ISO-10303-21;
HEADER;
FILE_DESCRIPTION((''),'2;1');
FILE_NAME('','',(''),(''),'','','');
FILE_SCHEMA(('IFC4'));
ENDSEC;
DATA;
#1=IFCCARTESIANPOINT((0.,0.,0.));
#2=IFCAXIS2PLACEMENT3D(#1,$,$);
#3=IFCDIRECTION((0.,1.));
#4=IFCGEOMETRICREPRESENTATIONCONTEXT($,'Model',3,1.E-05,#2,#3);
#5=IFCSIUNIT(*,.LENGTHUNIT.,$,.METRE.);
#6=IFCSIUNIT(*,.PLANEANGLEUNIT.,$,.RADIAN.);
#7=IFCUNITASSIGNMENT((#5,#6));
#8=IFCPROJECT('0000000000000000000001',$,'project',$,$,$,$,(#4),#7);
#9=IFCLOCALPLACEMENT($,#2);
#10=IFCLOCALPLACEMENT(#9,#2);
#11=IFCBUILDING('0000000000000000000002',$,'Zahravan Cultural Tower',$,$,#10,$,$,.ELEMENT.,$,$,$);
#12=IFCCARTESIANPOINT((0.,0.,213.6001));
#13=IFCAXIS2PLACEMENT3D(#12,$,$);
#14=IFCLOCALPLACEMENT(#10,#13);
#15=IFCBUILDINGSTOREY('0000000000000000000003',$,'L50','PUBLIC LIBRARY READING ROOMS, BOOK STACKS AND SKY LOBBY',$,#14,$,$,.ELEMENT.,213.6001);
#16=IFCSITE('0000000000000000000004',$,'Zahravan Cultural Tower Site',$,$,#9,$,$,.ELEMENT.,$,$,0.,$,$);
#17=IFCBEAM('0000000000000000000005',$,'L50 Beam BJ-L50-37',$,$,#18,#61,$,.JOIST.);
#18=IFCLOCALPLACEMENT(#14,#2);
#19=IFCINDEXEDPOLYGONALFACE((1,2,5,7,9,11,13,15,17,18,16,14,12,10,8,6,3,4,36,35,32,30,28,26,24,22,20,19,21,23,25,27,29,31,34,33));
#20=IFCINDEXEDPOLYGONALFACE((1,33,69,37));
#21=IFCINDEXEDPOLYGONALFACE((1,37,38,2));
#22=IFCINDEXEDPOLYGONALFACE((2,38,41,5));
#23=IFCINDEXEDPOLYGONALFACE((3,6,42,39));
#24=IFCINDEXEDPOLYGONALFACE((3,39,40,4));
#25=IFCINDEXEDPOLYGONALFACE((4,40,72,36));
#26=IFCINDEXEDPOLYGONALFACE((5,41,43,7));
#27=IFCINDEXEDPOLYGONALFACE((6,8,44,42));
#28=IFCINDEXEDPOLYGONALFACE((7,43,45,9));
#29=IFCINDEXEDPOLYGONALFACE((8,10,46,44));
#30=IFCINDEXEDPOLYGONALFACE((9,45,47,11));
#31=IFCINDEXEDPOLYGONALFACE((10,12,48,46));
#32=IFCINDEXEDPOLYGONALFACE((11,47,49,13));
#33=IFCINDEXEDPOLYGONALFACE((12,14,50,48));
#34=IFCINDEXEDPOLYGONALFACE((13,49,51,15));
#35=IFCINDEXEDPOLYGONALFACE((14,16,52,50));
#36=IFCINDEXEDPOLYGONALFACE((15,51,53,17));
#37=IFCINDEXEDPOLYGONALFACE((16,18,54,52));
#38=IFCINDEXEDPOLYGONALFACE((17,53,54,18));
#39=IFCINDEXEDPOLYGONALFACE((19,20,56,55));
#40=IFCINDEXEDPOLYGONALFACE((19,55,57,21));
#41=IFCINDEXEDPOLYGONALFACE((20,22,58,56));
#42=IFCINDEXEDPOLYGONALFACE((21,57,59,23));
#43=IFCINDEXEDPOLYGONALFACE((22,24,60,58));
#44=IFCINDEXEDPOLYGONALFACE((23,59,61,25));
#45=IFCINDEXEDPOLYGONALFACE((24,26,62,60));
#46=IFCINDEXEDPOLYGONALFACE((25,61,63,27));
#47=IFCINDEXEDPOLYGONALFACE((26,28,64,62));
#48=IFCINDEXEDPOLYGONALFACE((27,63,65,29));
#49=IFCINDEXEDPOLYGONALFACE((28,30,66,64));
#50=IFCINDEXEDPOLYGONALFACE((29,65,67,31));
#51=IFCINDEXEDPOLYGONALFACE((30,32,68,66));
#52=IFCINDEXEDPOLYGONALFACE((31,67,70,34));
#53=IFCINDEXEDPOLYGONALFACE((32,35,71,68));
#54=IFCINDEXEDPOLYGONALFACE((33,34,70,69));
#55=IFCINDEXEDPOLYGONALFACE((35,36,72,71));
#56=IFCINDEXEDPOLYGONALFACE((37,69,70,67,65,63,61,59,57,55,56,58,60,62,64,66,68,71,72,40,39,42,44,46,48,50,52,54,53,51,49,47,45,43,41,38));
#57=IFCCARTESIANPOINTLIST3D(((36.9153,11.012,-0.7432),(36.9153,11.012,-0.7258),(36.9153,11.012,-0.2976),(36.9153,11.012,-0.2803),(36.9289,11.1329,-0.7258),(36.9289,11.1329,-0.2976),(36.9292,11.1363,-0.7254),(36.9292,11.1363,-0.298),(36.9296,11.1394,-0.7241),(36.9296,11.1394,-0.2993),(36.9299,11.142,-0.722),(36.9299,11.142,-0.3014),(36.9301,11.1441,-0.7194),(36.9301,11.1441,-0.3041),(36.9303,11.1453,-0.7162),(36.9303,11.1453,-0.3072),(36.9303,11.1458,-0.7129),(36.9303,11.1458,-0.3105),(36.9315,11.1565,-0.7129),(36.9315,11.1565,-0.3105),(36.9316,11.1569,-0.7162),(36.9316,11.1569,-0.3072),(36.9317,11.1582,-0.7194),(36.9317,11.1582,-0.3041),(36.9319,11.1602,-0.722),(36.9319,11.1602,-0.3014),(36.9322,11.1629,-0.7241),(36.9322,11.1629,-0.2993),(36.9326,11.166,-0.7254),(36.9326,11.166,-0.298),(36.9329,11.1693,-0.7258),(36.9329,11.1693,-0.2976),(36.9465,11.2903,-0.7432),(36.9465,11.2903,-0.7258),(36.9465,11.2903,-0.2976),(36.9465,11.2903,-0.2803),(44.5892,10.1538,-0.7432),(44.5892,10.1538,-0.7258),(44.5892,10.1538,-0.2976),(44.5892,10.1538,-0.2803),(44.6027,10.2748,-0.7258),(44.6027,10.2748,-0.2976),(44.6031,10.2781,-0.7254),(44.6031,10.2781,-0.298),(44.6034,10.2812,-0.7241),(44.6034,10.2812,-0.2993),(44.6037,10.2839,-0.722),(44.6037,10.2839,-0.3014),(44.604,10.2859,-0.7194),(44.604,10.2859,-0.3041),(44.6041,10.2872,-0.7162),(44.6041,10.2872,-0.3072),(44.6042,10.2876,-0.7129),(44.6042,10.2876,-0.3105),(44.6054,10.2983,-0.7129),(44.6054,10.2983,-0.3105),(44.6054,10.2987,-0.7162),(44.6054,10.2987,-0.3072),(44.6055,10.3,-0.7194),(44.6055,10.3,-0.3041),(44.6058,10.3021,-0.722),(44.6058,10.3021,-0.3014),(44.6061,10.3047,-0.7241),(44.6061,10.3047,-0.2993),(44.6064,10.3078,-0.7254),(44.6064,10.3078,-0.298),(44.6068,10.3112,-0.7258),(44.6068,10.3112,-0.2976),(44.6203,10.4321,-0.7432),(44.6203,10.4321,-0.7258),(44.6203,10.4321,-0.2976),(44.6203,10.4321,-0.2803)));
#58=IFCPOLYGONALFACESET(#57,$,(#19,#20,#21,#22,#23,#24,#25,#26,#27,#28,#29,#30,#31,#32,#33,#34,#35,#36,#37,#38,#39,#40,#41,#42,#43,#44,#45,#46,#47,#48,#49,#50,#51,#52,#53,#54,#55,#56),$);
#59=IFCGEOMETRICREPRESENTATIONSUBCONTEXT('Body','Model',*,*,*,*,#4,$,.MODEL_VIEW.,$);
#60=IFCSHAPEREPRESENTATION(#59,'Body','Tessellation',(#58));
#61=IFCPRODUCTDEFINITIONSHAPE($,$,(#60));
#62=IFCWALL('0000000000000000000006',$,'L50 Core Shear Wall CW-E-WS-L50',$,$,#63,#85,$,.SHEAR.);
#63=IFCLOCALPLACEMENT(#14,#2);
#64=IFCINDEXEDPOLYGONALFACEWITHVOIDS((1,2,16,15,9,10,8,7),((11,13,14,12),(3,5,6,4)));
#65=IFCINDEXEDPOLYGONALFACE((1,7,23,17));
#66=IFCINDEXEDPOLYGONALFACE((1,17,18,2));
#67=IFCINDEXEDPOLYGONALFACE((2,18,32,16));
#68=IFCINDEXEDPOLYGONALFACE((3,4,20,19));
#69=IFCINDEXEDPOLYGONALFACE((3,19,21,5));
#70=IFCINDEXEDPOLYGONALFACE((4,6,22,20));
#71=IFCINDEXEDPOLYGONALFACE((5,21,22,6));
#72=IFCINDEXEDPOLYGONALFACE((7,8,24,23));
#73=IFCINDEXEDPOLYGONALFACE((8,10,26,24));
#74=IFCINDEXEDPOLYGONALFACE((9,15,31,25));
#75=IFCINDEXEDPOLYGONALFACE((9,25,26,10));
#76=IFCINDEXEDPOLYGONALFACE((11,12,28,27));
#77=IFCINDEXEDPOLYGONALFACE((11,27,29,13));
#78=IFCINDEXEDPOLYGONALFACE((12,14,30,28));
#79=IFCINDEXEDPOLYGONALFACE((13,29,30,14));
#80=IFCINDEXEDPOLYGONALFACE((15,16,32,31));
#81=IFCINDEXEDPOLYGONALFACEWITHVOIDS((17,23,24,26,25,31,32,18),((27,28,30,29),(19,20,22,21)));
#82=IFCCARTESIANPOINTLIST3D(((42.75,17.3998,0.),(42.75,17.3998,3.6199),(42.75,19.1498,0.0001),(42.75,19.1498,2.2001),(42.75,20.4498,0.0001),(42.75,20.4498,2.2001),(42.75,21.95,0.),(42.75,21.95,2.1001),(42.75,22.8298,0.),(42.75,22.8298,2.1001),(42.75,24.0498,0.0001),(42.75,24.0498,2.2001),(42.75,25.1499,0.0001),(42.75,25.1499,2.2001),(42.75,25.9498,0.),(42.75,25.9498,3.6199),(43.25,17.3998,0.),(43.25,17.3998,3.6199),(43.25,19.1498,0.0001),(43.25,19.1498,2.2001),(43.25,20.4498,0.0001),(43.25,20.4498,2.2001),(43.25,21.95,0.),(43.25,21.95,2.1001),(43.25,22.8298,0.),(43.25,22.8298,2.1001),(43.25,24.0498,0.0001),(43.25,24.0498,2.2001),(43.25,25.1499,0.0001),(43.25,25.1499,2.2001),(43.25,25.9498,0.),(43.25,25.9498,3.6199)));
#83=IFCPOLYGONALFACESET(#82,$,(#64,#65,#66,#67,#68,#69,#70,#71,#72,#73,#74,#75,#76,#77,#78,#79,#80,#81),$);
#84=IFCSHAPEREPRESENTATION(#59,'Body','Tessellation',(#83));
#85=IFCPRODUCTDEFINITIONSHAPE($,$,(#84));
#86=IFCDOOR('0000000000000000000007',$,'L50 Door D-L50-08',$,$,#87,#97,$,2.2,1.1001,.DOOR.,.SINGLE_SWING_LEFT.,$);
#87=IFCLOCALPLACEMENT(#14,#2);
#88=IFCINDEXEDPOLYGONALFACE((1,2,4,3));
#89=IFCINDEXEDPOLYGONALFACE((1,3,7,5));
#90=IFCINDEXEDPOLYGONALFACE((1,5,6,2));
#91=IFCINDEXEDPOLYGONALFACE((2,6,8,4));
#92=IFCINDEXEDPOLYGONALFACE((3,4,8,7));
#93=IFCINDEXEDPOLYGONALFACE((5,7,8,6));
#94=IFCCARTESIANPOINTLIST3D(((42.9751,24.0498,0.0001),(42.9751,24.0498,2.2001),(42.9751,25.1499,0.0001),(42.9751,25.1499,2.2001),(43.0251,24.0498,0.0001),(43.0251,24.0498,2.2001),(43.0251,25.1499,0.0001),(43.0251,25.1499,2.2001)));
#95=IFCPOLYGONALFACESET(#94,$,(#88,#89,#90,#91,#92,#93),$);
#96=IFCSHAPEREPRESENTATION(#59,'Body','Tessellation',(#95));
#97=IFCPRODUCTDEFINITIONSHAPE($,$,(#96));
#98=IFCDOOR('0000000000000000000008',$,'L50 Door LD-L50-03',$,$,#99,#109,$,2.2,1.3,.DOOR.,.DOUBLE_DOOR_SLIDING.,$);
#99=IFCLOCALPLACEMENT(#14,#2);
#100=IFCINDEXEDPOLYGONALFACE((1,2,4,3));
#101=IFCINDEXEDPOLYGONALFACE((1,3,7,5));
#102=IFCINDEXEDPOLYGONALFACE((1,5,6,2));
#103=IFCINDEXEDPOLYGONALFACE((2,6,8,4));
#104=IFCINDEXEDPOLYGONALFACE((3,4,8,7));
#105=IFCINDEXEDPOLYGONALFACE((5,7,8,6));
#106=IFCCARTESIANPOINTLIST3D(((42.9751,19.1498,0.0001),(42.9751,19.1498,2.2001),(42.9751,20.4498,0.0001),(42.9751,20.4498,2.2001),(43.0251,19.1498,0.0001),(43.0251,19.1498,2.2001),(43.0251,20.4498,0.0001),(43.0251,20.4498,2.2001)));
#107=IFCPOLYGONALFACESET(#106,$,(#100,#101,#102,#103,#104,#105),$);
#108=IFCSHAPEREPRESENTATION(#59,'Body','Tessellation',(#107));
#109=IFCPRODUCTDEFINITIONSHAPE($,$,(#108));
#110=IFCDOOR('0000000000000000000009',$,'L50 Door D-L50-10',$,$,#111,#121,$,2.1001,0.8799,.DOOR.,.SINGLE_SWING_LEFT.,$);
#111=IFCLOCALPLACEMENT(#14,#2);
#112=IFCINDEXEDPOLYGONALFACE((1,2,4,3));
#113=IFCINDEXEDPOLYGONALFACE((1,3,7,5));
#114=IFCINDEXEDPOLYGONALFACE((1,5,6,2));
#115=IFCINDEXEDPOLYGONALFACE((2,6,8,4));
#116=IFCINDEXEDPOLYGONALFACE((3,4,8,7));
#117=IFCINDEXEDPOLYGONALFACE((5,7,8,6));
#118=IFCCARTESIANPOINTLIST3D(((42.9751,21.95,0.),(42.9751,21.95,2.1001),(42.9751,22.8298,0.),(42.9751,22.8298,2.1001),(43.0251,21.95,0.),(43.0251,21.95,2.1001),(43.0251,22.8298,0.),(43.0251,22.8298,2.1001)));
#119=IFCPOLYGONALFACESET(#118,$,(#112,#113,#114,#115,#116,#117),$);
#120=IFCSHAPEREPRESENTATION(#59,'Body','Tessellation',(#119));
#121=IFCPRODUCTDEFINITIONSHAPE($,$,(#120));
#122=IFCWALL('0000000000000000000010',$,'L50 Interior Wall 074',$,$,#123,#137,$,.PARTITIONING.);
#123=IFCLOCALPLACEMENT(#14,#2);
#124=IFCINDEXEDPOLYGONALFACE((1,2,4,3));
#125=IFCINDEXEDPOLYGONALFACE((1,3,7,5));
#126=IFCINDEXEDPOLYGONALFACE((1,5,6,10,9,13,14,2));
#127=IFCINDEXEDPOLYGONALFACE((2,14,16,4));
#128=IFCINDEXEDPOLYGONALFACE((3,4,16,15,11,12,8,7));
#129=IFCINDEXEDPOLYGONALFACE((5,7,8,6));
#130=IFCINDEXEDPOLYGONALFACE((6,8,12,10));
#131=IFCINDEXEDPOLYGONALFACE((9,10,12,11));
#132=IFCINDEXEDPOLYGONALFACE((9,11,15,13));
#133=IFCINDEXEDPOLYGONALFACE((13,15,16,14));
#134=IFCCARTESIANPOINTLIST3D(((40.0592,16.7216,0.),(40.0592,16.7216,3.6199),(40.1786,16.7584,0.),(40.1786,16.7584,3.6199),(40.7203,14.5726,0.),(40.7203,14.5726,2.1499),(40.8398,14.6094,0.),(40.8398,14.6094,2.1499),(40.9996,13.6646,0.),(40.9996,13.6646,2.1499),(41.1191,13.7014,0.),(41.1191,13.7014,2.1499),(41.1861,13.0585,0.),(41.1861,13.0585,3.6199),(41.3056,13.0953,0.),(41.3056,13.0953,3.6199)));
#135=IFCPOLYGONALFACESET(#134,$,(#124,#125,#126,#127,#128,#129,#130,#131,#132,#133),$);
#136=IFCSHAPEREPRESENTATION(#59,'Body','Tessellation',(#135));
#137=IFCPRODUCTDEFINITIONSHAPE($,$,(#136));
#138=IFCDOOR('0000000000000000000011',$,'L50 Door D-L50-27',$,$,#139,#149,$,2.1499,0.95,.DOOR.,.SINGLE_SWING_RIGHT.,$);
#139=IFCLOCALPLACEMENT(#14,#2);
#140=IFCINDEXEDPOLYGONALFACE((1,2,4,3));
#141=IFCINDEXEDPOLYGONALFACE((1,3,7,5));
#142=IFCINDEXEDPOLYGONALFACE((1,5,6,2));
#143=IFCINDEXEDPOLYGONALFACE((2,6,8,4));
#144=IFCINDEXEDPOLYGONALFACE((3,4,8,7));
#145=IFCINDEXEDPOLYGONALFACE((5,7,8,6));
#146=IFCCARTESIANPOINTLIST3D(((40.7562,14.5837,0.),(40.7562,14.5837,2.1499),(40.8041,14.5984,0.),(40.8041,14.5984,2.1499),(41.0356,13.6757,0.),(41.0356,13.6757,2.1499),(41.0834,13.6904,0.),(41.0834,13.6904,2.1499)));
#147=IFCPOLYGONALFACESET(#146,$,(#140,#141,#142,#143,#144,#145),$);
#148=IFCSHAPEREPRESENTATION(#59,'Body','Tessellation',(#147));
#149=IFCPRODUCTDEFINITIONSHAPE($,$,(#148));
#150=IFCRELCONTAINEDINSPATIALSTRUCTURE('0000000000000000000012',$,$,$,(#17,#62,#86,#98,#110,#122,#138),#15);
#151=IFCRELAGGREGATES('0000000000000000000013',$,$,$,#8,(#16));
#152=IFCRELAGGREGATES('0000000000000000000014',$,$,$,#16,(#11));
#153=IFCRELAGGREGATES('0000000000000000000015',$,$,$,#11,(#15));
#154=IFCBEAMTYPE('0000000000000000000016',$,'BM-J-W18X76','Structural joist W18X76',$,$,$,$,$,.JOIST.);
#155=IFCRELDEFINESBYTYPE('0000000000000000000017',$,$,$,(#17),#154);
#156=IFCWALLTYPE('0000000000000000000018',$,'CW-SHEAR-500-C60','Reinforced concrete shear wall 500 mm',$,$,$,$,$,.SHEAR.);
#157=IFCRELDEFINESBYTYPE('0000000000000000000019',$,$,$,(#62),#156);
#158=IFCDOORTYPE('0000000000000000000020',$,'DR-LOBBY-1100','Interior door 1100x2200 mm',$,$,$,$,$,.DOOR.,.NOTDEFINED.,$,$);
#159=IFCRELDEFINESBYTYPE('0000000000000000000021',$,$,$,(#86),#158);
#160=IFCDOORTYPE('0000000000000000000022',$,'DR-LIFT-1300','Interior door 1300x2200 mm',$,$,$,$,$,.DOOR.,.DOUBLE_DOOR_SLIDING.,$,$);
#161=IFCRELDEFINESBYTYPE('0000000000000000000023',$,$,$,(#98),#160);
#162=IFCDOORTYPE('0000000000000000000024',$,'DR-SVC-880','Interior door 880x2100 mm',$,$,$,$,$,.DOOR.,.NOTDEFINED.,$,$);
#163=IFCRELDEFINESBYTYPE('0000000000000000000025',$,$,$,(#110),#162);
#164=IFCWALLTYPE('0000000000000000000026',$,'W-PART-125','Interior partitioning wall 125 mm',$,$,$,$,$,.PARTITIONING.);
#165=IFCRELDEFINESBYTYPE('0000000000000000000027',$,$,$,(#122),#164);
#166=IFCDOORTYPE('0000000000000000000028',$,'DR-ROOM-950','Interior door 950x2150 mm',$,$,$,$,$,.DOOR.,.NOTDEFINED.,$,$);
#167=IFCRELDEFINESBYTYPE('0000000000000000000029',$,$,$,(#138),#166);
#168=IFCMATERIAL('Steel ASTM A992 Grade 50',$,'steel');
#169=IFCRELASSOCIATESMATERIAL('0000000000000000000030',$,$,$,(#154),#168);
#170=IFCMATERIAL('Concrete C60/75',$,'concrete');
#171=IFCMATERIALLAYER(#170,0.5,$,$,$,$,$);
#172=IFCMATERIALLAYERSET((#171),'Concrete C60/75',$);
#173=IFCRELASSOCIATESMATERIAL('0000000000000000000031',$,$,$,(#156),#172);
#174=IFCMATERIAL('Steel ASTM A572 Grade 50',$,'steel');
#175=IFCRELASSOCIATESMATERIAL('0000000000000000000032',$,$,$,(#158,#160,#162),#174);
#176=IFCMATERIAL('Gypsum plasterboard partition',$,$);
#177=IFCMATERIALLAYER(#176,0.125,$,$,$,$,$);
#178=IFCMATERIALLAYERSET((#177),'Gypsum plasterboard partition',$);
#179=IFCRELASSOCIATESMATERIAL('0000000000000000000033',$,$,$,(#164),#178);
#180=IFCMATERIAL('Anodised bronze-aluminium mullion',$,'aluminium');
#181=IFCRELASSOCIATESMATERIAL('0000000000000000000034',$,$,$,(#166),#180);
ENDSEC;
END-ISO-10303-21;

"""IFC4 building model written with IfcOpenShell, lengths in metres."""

from ifc_helpers import new_model, si_unit, direction, frame, frame_2d, origin, origin_2d, place, context, subcontext, project, spatial, rectangle, i_section, extrude, source, transform, mapped, material, layer, layer_set, material_profile, profile_set, type_object, element, fill, save


model = new_model("IFC4")

# Units and contexts
model_context = context("Model", 3, precision=1e-05, world=origin(), true_north=direction((0.0, 1.0)))
body_context = subcontext(model_context, "Body", "Model", "MODEL_VIEW")
ifc_project = project(units=[si_unit("LENGTHUNIT", "METRE"), si_unit("PLANEANGLEUNIT", "RADIAN")], contexts=[model_context])

# Site, building, storey
site_placement = place(None, origin())
site = spatial("IfcSite", under=ifc_project, at=site_placement, Name="Zahravan Cultural Tower Site", CompositionType="ELEMENT", RefElevation=0.0)
building_placement = place(site_placement, origin())
building = spatial("IfcBuilding", under=site, at=building_placement, Name="Zahravan Cultural Tower", CompositionType="ELEMENT")
storey_placement = place(building_placement, frame((0.0, 0.0, 213.6001)))
storey = spatial("IfcBuildingStorey", under=building, at=storey_placement, Name="L50", Description="PUBLIC LIBRARY READING ROOMS, BOOK STACKS AND SKY LOBBY", CompositionType="ELEMENT", Elevation=213.6001)

# Beam
ifc_material_1 = material(Name="Steel ASTM A992 Grade 50", Category="steel")
ifc_material_profile_1 = material_profile(ifc_material_1, i_section(OverallWidth=0.28, OverallDepth=0.4629, WebThickness=0.0107, FlangeThickness=0.0173, FilletRadius=0.0129, at=origin_2d()), Name="W18X76")
ifc_profile_set_1 = profile_set([ifc_material_profile_1], Name="Steel ASTM A992 Grade 50")
beam_type = type_object("IfcBeamType", Name="BM-J-W18X76", Description="Structural joist W18X76", PredefinedType="JOIST", material=ifc_profile_set_1)
shared_shape_1 = source(origin(), body_context, "Body", "SweptSolid", [
    extrude(i_section(OverallWidth=0.28, OverallDepth=0.4629, WebThickness=0.0107, FlangeThickness=0.0173, FilletRadius=0.0129, at=origin_2d()), origin(), (0.0, 0.0, 1.0), 7.7217),
])
beam_1_placement = place(storey_placement, frame((36.9309, 11.1511, -0.5117), z_axis=(0.993805, -0.111136, 0.0), x_axis=(0.111136, 0.993805, 0.0)))
element("IfcBeam", 1, at=beam_1_placement, inside=storey, type_object=beam_type, Name="L50 Beam BJ-L50-37", PredefinedType="JOIST", context=body_context, shape_type="MappedRepresentation", body=[
    mapped(shared_shape_1, transform((0.0, 0.0, 0.0), x_axis=(1.0, 0.0, 0.0), y_axis=(0.0, 1.0, 0.0), z_axis=(0.0, 0.0, 1.0), scale=1.0)),
])

# Wall, openings, doors
ifc_material_2 = material(Name="Concrete C60/75", Category="concrete")
ifc_layer_1 = layer(ifc_material_2, 0.5)
ifc_layer_set_1 = layer_set([ifc_layer_1], Name="Concrete C60/75")
wall_type_1 = type_object("IfcWallType", Name="CW-SHEAR-500-C60", Description="Reinforced concrete shear wall 500 mm", PredefinedType="SHEAR", material=ifc_layer_set_1)
wall_1_placement = place(storey_placement, frame((43.0, 17.3999, 0.0), z_axis=(0.0, 0.0, 1.0), x_axis=(0.0, 1.0, 0.0)))
wall_1 = element("IfcWall", 2, at=wall_1_placement, inside=storey, type_object=wall_type_1, Name="L50 Core Shear Wall CW-E-WS-L50", PredefinedType="SHEAR", context=body_context, shape_type="SweptSolid", body=[
    extrude(rectangle(XDim=8.55, YDim=0.5, at=frame_2d((4.2749, 0.0))), origin(), (0.0, 0.0, 1.0), 3.6199),
])
opening_1_placement = place(wall_1_placement, frame((6.6499, 0.0, 0.0)))
opening_1 = element("IfcOpeningElement", 3, at=opening_1_placement, cuts=wall_1, PredefinedType="OPENING", context=body_context, shape_type="SweptSolid", body=[
    extrude(rectangle(XDim=1.1001, YDim=2.2, at=frame_2d((0.55, 1.1001))), frame((0.0, 0.26, 0.0), z_axis=(0.0, -1.0, 0.0), x_axis=(1.0, 0.0, 0.0)), (0.0, 0.0, 1.0), 0.52),
])
opening_2_placement = place(wall_1_placement, frame((1.75, 0.0, 0.0)))
opening_2 = element("IfcOpeningElement", 4, at=opening_2_placement, cuts=wall_1, PredefinedType="OPENING", context=body_context, shape_type="SweptSolid", body=[
    extrude(rectangle(XDim=1.3, YDim=2.2, at=frame_2d((0.6499, 1.1001))), frame((0.0, 0.26, 0.0), z_axis=(0.0, -1.0, 0.0), x_axis=(1.0, 0.0, 0.0)), (0.0, 0.0, 1.0), 0.52),
])
opening_3_placement = place(wall_1_placement, frame((4.55, 0.0, 0.0)))
opening_3 = element("IfcOpeningElement", 5, at=opening_3_placement, cuts=wall_1, PredefinedType="OPENING", context=body_context, shape_type="SweptSolid", body=[
    extrude(rectangle(XDim=0.8799, YDim=2.1001, at=frame_2d((0.4399, 1.05))), frame((0.0, 0.26, 0.0), z_axis=(0.0, -1.0, 0.0), x_axis=(1.0, 0.0, 0.0)), (0.0, 0.0, 1.0), 0.52),
])
ifc_material_3 = material(Name="Steel ASTM A572 Grade 50", Category="steel")
door_type_1 = type_object("IfcDoorType", Name="DR-LOBBY-1100", Description="Interior door 1100x2200 mm", OperationType="NOTDEFINED", PredefinedType="DOOR", material=ifc_material_3)
shared_shape_2 = source(origin(), body_context, "Body", "SweptSolid", [
    extrude(rectangle(XDim=1.1001, YDim=2.2, at=frame_2d((0.55, 1.1001))), frame((0.0, 0.0249, 0.0), z_axis=(0.0, -1.0, 0.0), x_axis=(1.0, 0.0, 0.0)), (0.0, 0.0, 1.0), 0.05),
])
door_1_placement = place(opening_1_placement, origin())
door_1 = element("IfcDoor", 6, at=door_1_placement, inside=storey, type_object=door_type_1, Name="L50 Door D-L50-08", OperationType="SINGLE_SWING_LEFT", OverallHeight=2.2, OverallWidth=1.1001, PredefinedType="DOOR", context=body_context, shape_type="MappedRepresentation", body=[
    mapped(shared_shape_2, transform((0.0, 0.0, 0.0), x_axis=(1.0, 0.0, 0.0), y_axis=(0.0, 1.0, 0.0), z_axis=(0.0, 0.0, 1.0), scale=1.0)),
])
fill(opening_1, door_1)
door_type_2 = type_object("IfcDoorType", Name="DR-LIFT-1300", Description="Interior door 1300x2200 mm", OperationType="DOUBLE_DOOR_SLIDING", PredefinedType="DOOR", material=ifc_material_3)
shared_shape_3 = source(origin(), body_context, "Body", "SweptSolid", [
    extrude(rectangle(XDim=1.3, YDim=2.2, at=frame_2d((0.6499, 1.1001))), frame((0.0, 0.0249, 0.0), z_axis=(0.0, -1.0, 0.0), x_axis=(1.0, 0.0, 0.0)), (0.0, 0.0, 1.0), 0.05),
])
door_2_placement = place(opening_2_placement, origin())
door_2 = element("IfcDoor", 7, at=door_2_placement, inside=storey, type_object=door_type_2, Name="L50 Door LD-L50-03", OperationType="DOUBLE_DOOR_SLIDING", OverallHeight=2.2, OverallWidth=1.3, PredefinedType="DOOR", context=body_context, shape_type="MappedRepresentation", body=[
    mapped(shared_shape_3, transform((0.0, 0.0, 0.0), x_axis=(1.0, 0.0, 0.0), y_axis=(0.0, 1.0, 0.0), z_axis=(0.0, 0.0, 1.0), scale=1.0)),
])
fill(opening_2, door_2)
door_type_3 = type_object("IfcDoorType", Name="DR-SVC-880", Description="Interior door 880x2100 mm", OperationType="NOTDEFINED", PredefinedType="DOOR", material=ifc_material_3)
shared_shape_4 = source(origin(), body_context, "Body", "SweptSolid", [
    extrude(rectangle(XDim=0.8799, YDim=2.1001, at=frame_2d((0.4399, 1.05))), frame((0.0, 0.0249, 0.0), z_axis=(0.0, -1.0, 0.0), x_axis=(1.0, 0.0, 0.0)), (0.0, 0.0, 1.0), 0.05),
])
door_3_placement = place(opening_3_placement, origin())
door_3 = element("IfcDoor", 8, at=door_3_placement, inside=storey, type_object=door_type_3, Name="L50 Door D-L50-10", OperationType="SINGLE_SWING_LEFT", OverallHeight=2.1001, OverallWidth=0.8799, PredefinedType="DOOR", context=body_context, shape_type="MappedRepresentation", body=[
    mapped(shared_shape_4, transform((0.0, 0.0, 0.0), x_axis=(1.0, 0.0, 0.0), y_axis=(0.0, 1.0, 0.0), z_axis=(0.0, 0.0, 1.0), scale=1.0)),
])
fill(opening_3, door_3)

# Wall, opening, door
ifc_material_4 = material(Name="Gypsum plasterboard partition")
ifc_layer_2 = layer(ifc_material_4, 0.125)
ifc_layer_set_2 = layer_set([ifc_layer_2], Name="Gypsum plasterboard partition")
wall_type_2 = type_object("IfcWallType", Name="W-PART-125", Description="Interior partitioning wall 125 mm", PredefinedType="PARTITIONING", material=ifc_layer_set_2)
wall_2_placement = place(storey_placement, frame((41.2458, 13.0769, 0.0), z_axis=(0.0, 0.0, 1.0), x_axis=(-0.29405, 0.95579, 0.0)))
wall_2 = element("IfcWall", 9, at=wall_2_placement, inside=storey, type_object=wall_type_2, Name="L50 Interior Wall 074", PredefinedType="PARTITIONING", context=body_context, shape_type="SweptSolid", body=[
    extrude(rectangle(XDim=3.8325, YDim=0.125, at=frame_2d((1.9163, 0.0))), origin(), (0.0, 0.0, 1.0), 3.6199),
])
opening_4_placement = place(wall_2_placement, frame((0.634, 0.0, 0.0)))
opening_4 = element("IfcOpeningElement", 10, at=opening_4_placement, cuts=wall_2, PredefinedType="OPENING", context=body_context, shape_type="SweptSolid", body=[
    extrude(rectangle(XDim=0.95, YDim=2.1499, at=frame_2d((0.4751, 1.075))), frame((0.0, 0.0725, 0.0), z_axis=(0.0, -1.0, 0.0), x_axis=(1.0, 0.0, 0.0)), (0.0, 0.0, 1.0), 0.145),
])
ifc_material_5 = material(Name="Anodised bronze-aluminium mullion", Category="aluminium")
door_type_4 = type_object("IfcDoorType", Name="DR-ROOM-950", Description="Interior door 950x2150 mm", OperationType="NOTDEFINED", PredefinedType="DOOR", material=ifc_material_5)
shared_shape_5 = source(origin(), body_context, "Body", "SweptSolid", [
    extrude(rectangle(XDim=0.95, YDim=2.1499, at=frame_2d((0.4751, 1.075))), frame((0.0, 0.0249, 0.0), z_axis=(0.0, -1.0, 0.0), x_axis=(1.0, 0.0, 0.0)), (0.0, 0.0, 1.0), 0.05),
])
door_4_placement = place(opening_4_placement, origin())
door_4 = element("IfcDoor", 11, at=door_4_placement, inside=storey, type_object=door_type_4, Name="L50 Door D-L50-27", OperationType="SINGLE_SWING_RIGHT", OverallHeight=2.1499, OverallWidth=0.95, PredefinedType="DOOR", context=body_context, shape_type="MappedRepresentation", body=[
    mapped(shared_shape_5, transform((0.0, 0.0, 0.0), x_axis=(1.0, 0.0, 0.0), y_axis=(0.0, 1.0, 0.0), z_axis=(0.0, 0.0, 1.0), scale=1.0)),
])
fill(opening_4, door_4)

save(model, "model.ifc")
